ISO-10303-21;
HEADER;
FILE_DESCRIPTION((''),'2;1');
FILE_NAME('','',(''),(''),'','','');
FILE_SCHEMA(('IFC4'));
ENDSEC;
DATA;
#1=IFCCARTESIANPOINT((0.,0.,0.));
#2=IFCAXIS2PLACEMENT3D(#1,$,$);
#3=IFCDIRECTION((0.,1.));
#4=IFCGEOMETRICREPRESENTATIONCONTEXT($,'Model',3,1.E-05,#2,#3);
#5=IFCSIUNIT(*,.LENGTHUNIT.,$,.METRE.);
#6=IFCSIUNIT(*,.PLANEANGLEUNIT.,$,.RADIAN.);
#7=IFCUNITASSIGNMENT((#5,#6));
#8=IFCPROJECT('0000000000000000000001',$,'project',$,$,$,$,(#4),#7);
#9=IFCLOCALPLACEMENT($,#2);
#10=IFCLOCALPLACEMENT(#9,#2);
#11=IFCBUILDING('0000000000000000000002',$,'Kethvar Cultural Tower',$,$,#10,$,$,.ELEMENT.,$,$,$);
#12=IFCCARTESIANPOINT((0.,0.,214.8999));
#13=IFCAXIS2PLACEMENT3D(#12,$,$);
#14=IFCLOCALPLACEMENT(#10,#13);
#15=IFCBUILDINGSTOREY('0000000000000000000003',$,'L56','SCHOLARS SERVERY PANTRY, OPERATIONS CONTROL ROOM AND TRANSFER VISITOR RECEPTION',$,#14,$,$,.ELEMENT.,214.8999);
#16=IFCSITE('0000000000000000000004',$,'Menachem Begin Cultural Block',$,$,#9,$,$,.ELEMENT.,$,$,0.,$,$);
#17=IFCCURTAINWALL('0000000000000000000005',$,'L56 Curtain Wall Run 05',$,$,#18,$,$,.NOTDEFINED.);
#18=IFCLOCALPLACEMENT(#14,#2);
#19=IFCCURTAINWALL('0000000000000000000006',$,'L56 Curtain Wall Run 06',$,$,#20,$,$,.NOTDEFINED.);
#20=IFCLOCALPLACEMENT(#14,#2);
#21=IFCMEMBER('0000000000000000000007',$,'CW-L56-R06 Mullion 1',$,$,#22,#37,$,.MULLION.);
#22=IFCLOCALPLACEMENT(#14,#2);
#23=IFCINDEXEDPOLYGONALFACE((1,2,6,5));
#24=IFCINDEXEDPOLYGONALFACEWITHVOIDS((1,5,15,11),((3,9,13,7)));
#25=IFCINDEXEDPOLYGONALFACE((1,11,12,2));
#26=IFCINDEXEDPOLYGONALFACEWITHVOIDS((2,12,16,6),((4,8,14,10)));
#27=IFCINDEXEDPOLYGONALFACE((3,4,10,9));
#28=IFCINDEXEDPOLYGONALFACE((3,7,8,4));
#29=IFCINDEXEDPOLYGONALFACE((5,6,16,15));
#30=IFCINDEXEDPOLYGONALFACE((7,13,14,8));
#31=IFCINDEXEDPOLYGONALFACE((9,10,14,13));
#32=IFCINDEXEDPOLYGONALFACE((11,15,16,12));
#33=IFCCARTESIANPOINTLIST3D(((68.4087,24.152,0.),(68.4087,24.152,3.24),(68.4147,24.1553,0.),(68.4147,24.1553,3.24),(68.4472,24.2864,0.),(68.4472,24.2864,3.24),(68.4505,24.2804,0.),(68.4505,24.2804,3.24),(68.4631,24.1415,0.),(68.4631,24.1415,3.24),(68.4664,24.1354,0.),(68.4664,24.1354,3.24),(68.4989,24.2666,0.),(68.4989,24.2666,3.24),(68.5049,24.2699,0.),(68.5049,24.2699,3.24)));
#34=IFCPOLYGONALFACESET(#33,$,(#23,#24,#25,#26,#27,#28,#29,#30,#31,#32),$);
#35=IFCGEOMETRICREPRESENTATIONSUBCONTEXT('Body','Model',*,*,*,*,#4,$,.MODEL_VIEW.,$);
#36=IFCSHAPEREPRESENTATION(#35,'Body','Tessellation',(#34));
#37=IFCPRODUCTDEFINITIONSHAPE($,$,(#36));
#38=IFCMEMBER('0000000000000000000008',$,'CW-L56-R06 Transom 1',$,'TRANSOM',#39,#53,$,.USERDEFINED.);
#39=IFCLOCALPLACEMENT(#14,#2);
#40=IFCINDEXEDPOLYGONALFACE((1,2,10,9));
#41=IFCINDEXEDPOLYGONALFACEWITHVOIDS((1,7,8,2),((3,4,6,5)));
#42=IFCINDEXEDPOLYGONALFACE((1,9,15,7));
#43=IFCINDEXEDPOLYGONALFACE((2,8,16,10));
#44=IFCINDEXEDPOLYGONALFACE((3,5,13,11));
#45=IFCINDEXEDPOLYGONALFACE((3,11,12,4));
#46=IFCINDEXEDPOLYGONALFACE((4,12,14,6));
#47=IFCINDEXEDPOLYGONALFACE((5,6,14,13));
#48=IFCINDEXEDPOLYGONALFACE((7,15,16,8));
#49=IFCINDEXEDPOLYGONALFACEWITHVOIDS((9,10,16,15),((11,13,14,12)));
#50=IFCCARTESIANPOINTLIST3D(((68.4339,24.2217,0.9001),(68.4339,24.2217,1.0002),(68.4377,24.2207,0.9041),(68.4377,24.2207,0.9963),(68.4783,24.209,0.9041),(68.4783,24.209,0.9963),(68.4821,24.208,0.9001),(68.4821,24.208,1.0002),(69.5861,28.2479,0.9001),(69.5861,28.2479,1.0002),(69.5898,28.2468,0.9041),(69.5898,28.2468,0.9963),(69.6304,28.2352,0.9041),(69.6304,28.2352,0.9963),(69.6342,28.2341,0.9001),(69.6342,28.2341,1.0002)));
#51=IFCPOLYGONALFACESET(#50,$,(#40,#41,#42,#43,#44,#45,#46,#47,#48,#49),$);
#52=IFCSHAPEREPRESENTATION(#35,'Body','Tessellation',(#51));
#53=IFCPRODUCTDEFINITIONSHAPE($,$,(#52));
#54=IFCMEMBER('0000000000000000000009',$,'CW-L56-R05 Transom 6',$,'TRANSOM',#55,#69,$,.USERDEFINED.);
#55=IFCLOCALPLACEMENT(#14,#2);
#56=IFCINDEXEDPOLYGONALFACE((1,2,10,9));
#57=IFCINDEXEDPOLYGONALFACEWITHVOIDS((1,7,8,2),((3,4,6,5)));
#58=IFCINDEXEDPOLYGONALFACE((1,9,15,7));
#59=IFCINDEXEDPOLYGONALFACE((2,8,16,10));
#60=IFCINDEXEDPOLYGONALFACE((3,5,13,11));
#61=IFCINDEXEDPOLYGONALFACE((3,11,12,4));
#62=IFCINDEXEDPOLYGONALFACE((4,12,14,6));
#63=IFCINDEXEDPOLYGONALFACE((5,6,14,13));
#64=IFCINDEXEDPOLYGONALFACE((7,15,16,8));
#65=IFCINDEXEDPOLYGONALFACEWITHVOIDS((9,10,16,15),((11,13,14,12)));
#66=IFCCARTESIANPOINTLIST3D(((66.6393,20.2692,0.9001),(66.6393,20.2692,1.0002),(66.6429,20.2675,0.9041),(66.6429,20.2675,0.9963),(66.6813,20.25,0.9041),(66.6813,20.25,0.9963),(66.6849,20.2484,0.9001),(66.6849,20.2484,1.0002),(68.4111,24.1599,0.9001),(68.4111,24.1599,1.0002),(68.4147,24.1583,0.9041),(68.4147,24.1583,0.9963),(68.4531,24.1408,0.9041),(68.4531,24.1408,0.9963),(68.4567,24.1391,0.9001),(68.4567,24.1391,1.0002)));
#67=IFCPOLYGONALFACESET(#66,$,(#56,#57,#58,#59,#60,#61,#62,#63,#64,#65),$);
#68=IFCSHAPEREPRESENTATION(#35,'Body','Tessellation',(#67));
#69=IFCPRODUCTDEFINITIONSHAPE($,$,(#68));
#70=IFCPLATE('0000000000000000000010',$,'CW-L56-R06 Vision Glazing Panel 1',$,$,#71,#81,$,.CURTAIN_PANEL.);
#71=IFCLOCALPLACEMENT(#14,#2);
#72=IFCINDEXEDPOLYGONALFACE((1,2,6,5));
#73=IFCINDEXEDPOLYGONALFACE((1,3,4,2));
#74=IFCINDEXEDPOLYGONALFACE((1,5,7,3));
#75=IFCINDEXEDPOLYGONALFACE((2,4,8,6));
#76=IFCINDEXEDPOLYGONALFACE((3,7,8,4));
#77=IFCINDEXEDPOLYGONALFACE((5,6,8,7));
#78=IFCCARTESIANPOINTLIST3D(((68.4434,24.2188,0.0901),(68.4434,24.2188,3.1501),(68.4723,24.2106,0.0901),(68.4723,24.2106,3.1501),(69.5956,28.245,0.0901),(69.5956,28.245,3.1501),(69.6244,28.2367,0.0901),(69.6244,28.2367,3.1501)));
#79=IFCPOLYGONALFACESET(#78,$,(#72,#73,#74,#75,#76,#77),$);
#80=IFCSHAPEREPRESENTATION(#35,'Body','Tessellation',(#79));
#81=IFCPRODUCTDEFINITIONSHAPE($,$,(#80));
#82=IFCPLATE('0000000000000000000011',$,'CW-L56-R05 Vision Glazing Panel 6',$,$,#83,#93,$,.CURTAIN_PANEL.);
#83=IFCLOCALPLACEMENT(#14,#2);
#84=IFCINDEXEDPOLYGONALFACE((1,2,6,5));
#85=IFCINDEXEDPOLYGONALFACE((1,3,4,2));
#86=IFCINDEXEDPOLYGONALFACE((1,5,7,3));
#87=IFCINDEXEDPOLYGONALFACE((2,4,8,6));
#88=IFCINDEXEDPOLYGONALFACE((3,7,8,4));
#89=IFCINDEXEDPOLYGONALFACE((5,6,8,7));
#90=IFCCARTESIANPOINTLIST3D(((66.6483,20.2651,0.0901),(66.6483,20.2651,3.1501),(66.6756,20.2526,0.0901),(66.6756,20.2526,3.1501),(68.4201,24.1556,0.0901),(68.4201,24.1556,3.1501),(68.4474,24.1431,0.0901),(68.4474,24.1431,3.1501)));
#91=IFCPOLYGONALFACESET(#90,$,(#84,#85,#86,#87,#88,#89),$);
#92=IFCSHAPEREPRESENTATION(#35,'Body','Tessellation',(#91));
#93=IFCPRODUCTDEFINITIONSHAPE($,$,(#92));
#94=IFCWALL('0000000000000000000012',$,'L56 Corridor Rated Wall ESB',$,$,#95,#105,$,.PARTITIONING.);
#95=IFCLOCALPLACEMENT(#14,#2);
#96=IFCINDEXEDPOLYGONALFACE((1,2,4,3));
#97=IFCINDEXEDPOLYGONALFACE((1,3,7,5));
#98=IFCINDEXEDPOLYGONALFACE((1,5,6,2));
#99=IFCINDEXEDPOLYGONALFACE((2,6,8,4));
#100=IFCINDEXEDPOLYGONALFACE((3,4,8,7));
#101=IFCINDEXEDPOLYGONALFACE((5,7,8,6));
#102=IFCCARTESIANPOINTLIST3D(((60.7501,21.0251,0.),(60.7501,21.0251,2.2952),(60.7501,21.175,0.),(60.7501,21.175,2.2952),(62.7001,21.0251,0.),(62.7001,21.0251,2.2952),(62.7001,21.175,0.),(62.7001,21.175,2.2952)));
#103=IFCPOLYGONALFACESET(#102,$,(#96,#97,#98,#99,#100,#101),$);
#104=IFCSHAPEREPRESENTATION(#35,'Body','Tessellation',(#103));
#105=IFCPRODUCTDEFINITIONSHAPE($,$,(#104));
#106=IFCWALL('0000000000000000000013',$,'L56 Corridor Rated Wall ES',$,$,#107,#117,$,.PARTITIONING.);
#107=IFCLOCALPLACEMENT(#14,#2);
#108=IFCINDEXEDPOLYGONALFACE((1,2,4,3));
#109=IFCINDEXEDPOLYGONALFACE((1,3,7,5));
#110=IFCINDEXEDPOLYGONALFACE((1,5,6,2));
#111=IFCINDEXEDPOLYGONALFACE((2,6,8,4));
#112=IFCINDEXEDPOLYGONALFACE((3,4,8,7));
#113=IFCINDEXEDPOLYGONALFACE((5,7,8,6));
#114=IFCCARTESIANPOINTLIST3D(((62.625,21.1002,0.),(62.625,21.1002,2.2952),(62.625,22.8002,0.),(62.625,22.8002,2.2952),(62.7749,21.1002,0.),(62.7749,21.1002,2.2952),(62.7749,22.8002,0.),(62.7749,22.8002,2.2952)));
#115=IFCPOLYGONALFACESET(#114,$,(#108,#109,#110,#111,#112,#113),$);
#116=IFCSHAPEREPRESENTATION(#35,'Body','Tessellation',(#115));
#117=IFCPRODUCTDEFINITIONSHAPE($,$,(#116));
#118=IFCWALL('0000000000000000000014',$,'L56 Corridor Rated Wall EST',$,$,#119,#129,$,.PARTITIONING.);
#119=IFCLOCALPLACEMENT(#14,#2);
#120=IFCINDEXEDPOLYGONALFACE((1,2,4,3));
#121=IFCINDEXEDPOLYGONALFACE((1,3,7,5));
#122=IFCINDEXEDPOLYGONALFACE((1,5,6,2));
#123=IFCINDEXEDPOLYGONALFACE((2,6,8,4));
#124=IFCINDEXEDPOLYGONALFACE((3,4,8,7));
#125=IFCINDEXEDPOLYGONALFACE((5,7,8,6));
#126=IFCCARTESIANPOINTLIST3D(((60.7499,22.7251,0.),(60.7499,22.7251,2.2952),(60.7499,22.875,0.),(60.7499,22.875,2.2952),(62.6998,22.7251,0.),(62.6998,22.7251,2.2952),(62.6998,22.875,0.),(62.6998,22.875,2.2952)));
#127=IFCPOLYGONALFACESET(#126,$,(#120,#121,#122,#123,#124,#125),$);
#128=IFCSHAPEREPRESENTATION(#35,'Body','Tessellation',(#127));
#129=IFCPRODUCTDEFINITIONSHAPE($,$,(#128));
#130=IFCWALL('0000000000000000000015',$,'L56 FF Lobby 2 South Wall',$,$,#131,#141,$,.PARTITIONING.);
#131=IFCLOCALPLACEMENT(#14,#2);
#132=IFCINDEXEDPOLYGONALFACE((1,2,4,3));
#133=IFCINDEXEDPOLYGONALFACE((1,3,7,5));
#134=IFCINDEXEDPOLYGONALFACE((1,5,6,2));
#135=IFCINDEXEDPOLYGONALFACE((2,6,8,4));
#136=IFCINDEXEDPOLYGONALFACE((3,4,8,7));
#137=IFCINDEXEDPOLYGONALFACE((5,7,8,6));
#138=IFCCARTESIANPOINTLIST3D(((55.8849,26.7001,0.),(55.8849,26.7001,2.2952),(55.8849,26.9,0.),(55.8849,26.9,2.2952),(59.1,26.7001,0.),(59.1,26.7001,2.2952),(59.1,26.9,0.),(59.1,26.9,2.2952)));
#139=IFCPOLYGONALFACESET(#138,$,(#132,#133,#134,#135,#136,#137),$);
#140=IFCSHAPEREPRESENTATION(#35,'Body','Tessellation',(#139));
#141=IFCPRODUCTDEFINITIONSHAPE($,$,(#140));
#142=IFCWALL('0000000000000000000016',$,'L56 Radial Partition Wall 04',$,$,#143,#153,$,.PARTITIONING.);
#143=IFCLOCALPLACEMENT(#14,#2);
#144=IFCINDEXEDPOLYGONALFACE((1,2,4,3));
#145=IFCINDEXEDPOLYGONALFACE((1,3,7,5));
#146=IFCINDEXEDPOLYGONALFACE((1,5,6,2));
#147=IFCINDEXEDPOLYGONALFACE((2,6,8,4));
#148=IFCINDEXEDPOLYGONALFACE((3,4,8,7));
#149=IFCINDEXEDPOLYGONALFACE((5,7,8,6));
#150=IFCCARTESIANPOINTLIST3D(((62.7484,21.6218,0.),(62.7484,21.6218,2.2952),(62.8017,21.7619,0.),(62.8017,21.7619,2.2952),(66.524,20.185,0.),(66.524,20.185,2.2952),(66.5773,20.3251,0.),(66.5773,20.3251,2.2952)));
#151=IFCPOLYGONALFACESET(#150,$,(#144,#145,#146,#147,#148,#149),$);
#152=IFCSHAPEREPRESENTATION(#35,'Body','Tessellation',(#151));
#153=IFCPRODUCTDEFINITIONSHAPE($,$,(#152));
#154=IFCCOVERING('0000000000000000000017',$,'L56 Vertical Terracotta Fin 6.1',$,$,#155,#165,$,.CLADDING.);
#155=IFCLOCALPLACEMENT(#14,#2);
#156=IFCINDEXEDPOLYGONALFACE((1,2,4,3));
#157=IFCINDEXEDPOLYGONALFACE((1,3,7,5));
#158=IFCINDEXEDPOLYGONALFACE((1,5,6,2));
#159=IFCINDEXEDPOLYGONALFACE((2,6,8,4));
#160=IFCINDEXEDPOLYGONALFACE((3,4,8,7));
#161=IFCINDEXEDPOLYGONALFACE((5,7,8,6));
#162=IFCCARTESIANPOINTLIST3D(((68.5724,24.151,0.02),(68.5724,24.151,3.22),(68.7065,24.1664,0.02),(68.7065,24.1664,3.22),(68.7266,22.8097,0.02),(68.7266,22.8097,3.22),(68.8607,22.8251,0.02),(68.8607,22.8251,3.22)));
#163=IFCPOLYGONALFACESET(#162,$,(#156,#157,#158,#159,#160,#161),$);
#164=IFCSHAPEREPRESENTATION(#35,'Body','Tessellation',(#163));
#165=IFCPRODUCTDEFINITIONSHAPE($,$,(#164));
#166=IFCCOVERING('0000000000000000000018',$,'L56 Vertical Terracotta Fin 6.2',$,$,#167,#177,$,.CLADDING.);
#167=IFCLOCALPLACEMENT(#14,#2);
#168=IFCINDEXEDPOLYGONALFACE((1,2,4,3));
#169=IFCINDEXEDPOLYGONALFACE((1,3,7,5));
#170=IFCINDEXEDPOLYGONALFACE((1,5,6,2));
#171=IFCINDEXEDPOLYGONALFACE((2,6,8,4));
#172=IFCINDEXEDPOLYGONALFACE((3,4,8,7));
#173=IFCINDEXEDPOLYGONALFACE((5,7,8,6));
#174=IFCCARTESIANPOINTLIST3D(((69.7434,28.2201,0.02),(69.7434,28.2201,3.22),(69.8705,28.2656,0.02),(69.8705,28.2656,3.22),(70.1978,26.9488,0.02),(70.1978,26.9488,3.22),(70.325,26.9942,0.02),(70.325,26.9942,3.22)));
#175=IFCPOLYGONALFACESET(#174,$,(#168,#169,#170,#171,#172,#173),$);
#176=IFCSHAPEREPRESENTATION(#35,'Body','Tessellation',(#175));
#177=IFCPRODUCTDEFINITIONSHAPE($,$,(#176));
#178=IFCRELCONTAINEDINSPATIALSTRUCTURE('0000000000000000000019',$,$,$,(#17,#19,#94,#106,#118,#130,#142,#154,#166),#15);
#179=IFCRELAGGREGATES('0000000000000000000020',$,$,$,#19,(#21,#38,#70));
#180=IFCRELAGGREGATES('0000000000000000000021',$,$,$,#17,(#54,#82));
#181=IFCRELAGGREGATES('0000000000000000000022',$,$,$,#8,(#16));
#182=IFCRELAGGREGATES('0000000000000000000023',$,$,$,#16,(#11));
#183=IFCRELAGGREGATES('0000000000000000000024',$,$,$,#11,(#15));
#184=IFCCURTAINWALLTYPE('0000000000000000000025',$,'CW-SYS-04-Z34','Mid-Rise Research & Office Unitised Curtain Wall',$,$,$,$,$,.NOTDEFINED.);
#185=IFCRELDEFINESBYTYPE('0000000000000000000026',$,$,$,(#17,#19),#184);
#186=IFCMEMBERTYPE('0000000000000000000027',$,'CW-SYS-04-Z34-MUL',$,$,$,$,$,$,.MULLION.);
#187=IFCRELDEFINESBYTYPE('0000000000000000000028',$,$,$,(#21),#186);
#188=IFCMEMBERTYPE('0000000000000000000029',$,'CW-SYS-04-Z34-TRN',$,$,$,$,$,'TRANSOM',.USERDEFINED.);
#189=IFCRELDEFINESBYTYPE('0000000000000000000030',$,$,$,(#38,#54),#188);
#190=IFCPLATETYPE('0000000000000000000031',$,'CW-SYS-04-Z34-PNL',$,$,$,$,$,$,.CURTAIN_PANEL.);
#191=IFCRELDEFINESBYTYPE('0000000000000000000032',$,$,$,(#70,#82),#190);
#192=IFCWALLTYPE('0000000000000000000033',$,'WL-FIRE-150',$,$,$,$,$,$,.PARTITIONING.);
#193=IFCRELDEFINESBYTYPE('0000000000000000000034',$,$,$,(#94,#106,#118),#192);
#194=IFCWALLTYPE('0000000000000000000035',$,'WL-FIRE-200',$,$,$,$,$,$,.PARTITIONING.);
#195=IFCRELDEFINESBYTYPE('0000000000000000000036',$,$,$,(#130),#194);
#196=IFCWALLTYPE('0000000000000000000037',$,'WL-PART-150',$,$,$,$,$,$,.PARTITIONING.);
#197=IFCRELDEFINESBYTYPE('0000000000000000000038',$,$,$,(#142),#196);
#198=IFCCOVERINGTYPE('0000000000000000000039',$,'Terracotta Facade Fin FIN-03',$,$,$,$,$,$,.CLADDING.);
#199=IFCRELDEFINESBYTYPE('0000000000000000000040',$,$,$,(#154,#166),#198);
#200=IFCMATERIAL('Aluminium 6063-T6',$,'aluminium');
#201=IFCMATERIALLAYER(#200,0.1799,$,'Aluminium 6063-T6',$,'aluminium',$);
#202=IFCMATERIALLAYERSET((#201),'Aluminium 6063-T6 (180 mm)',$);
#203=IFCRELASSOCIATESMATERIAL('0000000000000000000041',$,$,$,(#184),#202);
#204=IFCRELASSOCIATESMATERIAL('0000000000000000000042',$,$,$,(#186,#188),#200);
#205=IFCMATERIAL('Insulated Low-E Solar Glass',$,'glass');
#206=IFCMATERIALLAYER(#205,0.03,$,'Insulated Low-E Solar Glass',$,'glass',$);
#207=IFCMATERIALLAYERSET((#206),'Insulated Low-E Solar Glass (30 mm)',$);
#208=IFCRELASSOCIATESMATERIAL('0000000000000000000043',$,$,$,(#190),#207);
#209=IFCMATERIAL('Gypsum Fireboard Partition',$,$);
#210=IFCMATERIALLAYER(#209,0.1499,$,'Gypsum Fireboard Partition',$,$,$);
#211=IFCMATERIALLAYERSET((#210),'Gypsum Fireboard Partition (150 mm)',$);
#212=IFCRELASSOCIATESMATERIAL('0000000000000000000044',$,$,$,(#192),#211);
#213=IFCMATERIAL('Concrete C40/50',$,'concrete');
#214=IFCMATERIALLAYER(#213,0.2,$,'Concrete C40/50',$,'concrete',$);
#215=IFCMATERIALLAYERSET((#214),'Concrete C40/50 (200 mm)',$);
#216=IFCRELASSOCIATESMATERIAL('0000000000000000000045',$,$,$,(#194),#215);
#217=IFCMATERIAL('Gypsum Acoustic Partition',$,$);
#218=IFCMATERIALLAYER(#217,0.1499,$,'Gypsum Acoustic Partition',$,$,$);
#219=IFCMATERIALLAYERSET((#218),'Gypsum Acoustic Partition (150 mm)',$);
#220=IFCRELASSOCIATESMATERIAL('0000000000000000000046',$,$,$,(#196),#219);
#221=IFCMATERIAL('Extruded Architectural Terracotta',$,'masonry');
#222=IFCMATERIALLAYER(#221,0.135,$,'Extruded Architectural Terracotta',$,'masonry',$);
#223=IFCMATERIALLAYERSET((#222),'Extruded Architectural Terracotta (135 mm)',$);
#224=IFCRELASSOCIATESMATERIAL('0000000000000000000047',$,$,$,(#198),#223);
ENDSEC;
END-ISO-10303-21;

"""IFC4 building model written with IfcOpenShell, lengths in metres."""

from ifc_helpers import new_model, si_unit, direction, frame, frame_2d, origin, origin_2d, place, context, subcontext, project, spatial, rectangle, hollow_rectangle, extrude, source, transform, mapped, material, layer, layer_set, material_profile, profile_set, type_object, element, aggregate, save


model = new_model("IFC4")

# Units and contexts
model_context = context("Model", 3, precision=1e-05, world=origin(), true_north=direction((0.0, 1.0)))
body_context = subcontext(model_context, "Body", "Model", "MODEL_VIEW")
ifc_project = project(units=[si_unit("LENGTHUNIT", "METRE"), si_unit("PLANEANGLEUNIT", "RADIAN")], contexts=[model_context])

# Site, building, storey
site_placement = place(None, origin())
site = spatial("IfcSite", under=ifc_project, at=site_placement, Name="Menachem Begin Cultural Block", CompositionType="ELEMENT", RefElevation=0.0)
building_placement = place(site_placement, origin())
building = spatial("IfcBuilding", under=site, at=building_placement, Name="Kethvar Cultural Tower", CompositionType="ELEMENT")
storey_placement = place(building_placement, frame((0.0, 0.0, 214.8999)))
storey = spatial("IfcBuildingStorey", under=building, at=storey_placement, Name="L56", Description="SCHOLARS SERVERY PANTRY, OPERATIONS CONTROL ROOM AND TRANSFER VISITOR RECEPTION", CompositionType="ELEMENT", Elevation=214.8999)

# Curtain walls, members
ifc_material_1 = material(Name="Aluminium 6063-T6", Category="aluminium")
ifc_layer_1 = layer(ifc_material_1, 0.1799, Name="Aluminium 6063-T6", Category="aluminium")
ifc_layer_set_1 = layer_set([ifc_layer_1], Name="Aluminium 6063-T6 (180 mm)")
curtain_wall_type = type_object("IfcCurtainWallType", Name="CW-SYS-04-Z34", Description="Mid-Rise Research & Office Unitised Curtain Wall", PredefinedType="NOTDEFINED", material=ifc_layer_set_1)
curtain_wall_1_placement = place(storey_placement, origin())
curtain_wall_1 = element("IfcCurtainWall", 1, at=curtain_wall_1_placement, inside=storey, type_object=curtain_wall_type, Name="L56 Curtain Wall Run 05", PredefinedType="NOTDEFINED")
ifc_material_profile_1 = material_profile(ifc_material_1, hollow_rectangle(XDim=0.0601, YDim=0.1399, WallThickness=0.0049, at=origin_2d()), Name="Aluminium 6063-T6 — RHS140x60x5")
ifc_profile_set_1 = profile_set([ifc_material_profile_1], Name="Aluminium 6063-T6 — RHS140x60x5")
member_type_1 = type_object("IfcMemberType", Name="CW-SYS-04-Z34-MUL", PredefinedType="MULLION", material=ifc_profile_set_1)
shared_shape_1 = source(origin(), body_context, "Body", "SweptSolid", [
    extrude(hollow_rectangle(XDim=0.0601, YDim=0.1399, WallThickness=0.0049, at=origin_2d()), origin(), (0.0, 0.0, 1.0), 3.24),
])
curtain_wall_2_placement = place(storey_placement, origin())
curtain_wall_2 = element("IfcCurtainWall", 2, at=curtain_wall_2_placement, inside=storey, type_object=curtain_wall_type, Name="L56 Curtain Wall Run 06", PredefinedType="NOTDEFINED")
member_1_placement = place(storey_placement, frame((68.4568, 24.2109, 0.0), z_axis=(0.0, 0.0, 1.0), x_axis=(-0.961411, 0.275117, 0.0)))
member_1 = element("IfcMember", 3, at=member_1_placement, type_object=member_type_1, Name="CW-L56-R06 Mullion 1", PredefinedType="MULLION", context=body_context, shape_type="MappedRepresentation", body=[
    mapped(shared_shape_1, transform((0.0, 0.0, 0.0), scale=1.0)),
])
ifc_material_profile_2 = material_profile(ifc_material_1, hollow_rectangle(XDim=0.05, YDim=0.1001, WallThickness=0.0039, at=origin_2d()), Name="Aluminium 6063-T6 — RHS100x50x4")
ifc_profile_set_2 = profile_set([ifc_material_profile_2], Name="Aluminium 6063-T6 — RHS100x50x4")
member_type_2 = type_object("IfcMemberType", Name="CW-SYS-04-Z34-TRN", ElementType="TRANSOM", PredefinedType="USERDEFINED", material=ifc_profile_set_2)
shared_shape_2 = source(origin(), body_context, "Body", "SweptSolid", [
    extrude(hollow_rectangle(XDim=0.05, YDim=0.1001, WallThickness=0.0039, at=origin_2d()), origin(), (0.0, 0.0, 1.0), 4.1877),
])
member_2_placement = place(storey_placement, frame((68.458, 24.2148, 0.9502), z_axis=(0.275114, 0.961412, 0.0), x_axis=(-0.961412, 0.275114, 0.0)))
member_2 = element("IfcMember", 4, at=member_2_placement, type_object=member_type_2, Name="CW-L56-R06 Transom 1", ObjectType="TRANSOM", PredefinedType="USERDEFINED", context=body_context, shape_type="MappedRepresentation", body=[
    mapped(shared_shape_2, transform((0.0, 0.0, 0.0), scale=1.0)),
])

# Member
shared_shape_3 = source(origin(), body_context, "Body", "SweptSolid", [
    extrude(hollow_rectangle(XDim=0.05, YDim=0.1001, WallThickness=0.0039, at=origin_2d()), origin(), (0.0, 0.0, 1.0), 4.2751),
])
member_3_placement = place(storey_placement, frame((66.6621, 20.2588, 0.9502), z_axis=(0.414435, 0.910079, 0.0), x_axis=(-0.910079, 0.414435, 0.0)))
member_3 = element("IfcMember", 5, at=member_3_placement, type_object=member_type_2, Name="CW-L56-R05 Transom 6", ObjectType="TRANSOM", PredefinedType="USERDEFINED", context=body_context, shape_type="MappedRepresentation", body=[
    mapped(shared_shape_3, transform((0.0, 0.0, 0.0), scale=1.0)),
])

# Plates
ifc_material_2 = material(Name="Insulated Low-E Solar Glass", Category="glass")
ifc_layer_2 = layer(ifc_material_2, 0.03, Name="Insulated Low-E Solar Glass", Category="glass")
ifc_layer_set_2 = layer_set([ifc_layer_2], Name="Insulated Low-E Solar Glass (30 mm)")
plate_type = type_object("IfcPlateType", Name="CW-SYS-04-Z34-PNL", PredefinedType="CURTAIN_PANEL", material=ifc_layer_set_2)
shared_shape_4 = source(origin(), body_context, "Body", "SweptSolid", [
    extrude(rectangle(XDim=4.1877, YDim=0.03, at=origin_2d()), origin(), (0.0, 0.0, 1.0), 3.0601),
])
plate_1_placement = place(storey_placement, frame((69.0339, 26.2278, 0.0901), z_axis=(0.0, 0.0, 1.0), x_axis=(0.275117, 0.961411, 0.0)))
plate_1 = element("IfcPlate", 6, at=plate_1_placement, type_object=plate_type, Name="CW-L56-R06 Vision Glazing Panel 1", PredefinedType="CURTAIN_PANEL", context=body_context, shape_type="MappedRepresentation", body=[
    mapped(shared_shape_4, transform((0.0, 0.0, 0.0), scale=1.0)),
])
aggregate(curtain_wall_2, [member_1, member_2, plate_1])
shared_shape_5 = source(origin(), body_context, "Body", "SweptSolid", [
    extrude(rectangle(XDim=4.2749, YDim=0.03, at=origin_2d()), origin(), (0.0, 0.0, 1.0), 3.0601),
])
plate_2_placement = place(storey_placement, frame((67.5479, 22.2041, 0.0901), z_axis=(0.0, 0.0, 1.0), x_axis=(0.414455, 0.91007, 0.0)))
plate_2 = element("IfcPlate", 7, at=plate_2_placement, type_object=plate_type, Name="CW-L56-R05 Vision Glazing Panel 6", PredefinedType="CURTAIN_PANEL", context=body_context, shape_type="MappedRepresentation", body=[
    mapped(shared_shape_5, transform((0.0, 0.0, 0.0), scale=1.0)),
])
aggregate(curtain_wall_1, [member_3, plate_2])

# Walls
ifc_material_3 = material(Name="Gypsum Fireboard Partition")
ifc_layer_3 = layer(ifc_material_3, 0.1499, Name="Gypsum Fireboard Partition")
ifc_layer_set_3 = layer_set([ifc_layer_3], Name="Gypsum Fireboard Partition (150 mm)")
wall_type_1 = type_object("IfcWallType", Name="WL-FIRE-150", PredefinedType="PARTITIONING", material=ifc_layer_set_3)
wall_1_placement = place(storey_placement, frame((60.75, 21.1001, 0.0), z_axis=(0.0, 0.0, 1.0), x_axis=(1.0, 0.0, 0.0)))
element("IfcWall", 8, at=wall_1_placement, inside=storey, type_object=wall_type_1, Name="L56 Corridor Rated Wall ESB", PredefinedType="PARTITIONING", context=body_context, shape_type="SweptSolid", body=[
    extrude(rectangle(XDim=1.95, YDim=0.1499, at=frame_2d((0.9751, 0.0))), origin(), (0.0, 0.0, 1.0), 2.2952),
])
wall_2_placement = place(storey_placement, frame((62.7, 21.1001, 0.0), z_axis=(0.0, 0.0, 1.0), x_axis=(0.0, 1.0, 0.0)))
element("IfcWall", 9, at=wall_2_placement, inside=storey, type_object=wall_type_1, Name="L56 Corridor Rated Wall ES", PredefinedType="PARTITIONING", context=body_context, shape_type="SweptSolid", body=[
    extrude(rectangle(XDim=1.7, YDim=0.1499, at=frame_2d((0.8501, 0.0))), origin(), (0.0, 0.0, 1.0), 2.2952),
])
wall_3_placement = place(storey_placement, frame((62.7, 22.8, 0.0), z_axis=(0.0, 0.0, 1.0), x_axis=(-1.0, 0.0, 0.0)))
element("IfcWall", 10, at=wall_3_placement, inside=storey, type_object=wall_type_1, Name="L56 Corridor Rated Wall EST", PredefinedType="PARTITIONING", context=body_context, shape_type="SweptSolid", body=[
    extrude(rectangle(XDim=1.95, YDim=0.1499, at=frame_2d((0.9751, 0.0))), origin(), (0.0, 0.0, 1.0), 2.2952),
])

# Shared definitions
ifc_material_4 = material(Name="Concrete C40/50", Category="concrete")
ifc_layer_4 = layer(ifc_material_4, 0.2, Name="Concrete C40/50", Category="concrete")
ifc_layer_set_4 = layer_set([ifc_layer_4], Name="Concrete C40/50 (200 mm)")
wall_type_2 = type_object("IfcWallType", Name="WL-FIRE-200", PredefinedType="PARTITIONING", material=ifc_layer_set_4)

# Walls
wall_4_placement = place(storey_placement, frame((55.885, 26.8, 0.0), z_axis=(0.0, 0.0, 1.0), x_axis=(1.0, 0.0, 0.0)))
element("IfcWall", 11, at=wall_4_placement, inside=storey, type_object=wall_type_2, Name="L56 FF Lobby 2 South Wall", PredefinedType="PARTITIONING", context=body_context, shape_type="SweptSolid", body=[
    extrude(rectangle(XDim=3.2151, YDim=0.2, at=frame_2d((1.6074, 0.0))), origin(), (0.0, 0.0, 1.0), 2.2952),
])
ifc_material_5 = material(Name="Gypsum Acoustic Partition")
ifc_layer_5 = layer(ifc_material_5, 0.1499, Name="Gypsum Acoustic Partition")
ifc_layer_set_5 = layer_set([ifc_layer_5], Name="Gypsum Acoustic Partition (150 mm)")
wall_type_3 = type_object("IfcWallType", Name="WL-PART-150", PredefinedType="PARTITIONING", material=ifc_layer_set_5)
wall_5_placement = place(storey_placement, frame((62.7749, 21.6919, 0.0), z_axis=(0.0, 0.0, 1.0), x_axis=(0.934617, -0.355656, 0.0)))
element("IfcWall", 12, at=wall_5_placement, inside=storey, type_object=wall_type_3, Name="L56 Radial Partition Wall 04", PredefinedType="PARTITIONING", context=body_context, shape_type="SweptSolid", body=[
    extrude(rectangle(XDim=4.0398, YDim=0.1499, at=frame_2d((2.02, 0.0))), origin(), (0.0, 0.0, 1.0), 2.2952),
])

# Coverings
ifc_material_6 = material(Name="Extruded Architectural Terracotta", Category="masonry")
ifc_layer_6 = layer(ifc_material_6, 0.135, Name="Extruded Architectural Terracotta", Category="masonry")
ifc_layer_set_6 = layer_set([ifc_layer_6], Name="Extruded Architectural Terracotta (135 mm)")
covering_type = type_object("IfcCoveringType", Name="Terracotta Facade Fin FIN-03", PredefinedType="CLADDING", material=ifc_layer_set_6)
shared_shape_6 = source(origin(), body_context, "Body", "SweptSolid", [
    extrude(rectangle(XDim=1.3501, YDim=0.135, at=origin_2d()), origin(), (0.0, 0.0, 1.0), 3.2),
])
for number, where, z_axis, x_axis, name in (
    (13, (68.7166, 23.488, 0.02), (0.0, 0.0, 1.0), (0.114244, -0.993453, 0.0), "L56 Vertical Terracotta Fin 6.1"),
    (14, (70.0342, 27.6072, 0.02), (0.0, 0.0, 1.0), (0.336602, -0.941647, 0.0), "L56 Vertical Terracotta Fin 6.2"),
):
    element("IfcCovering", number, at=place(storey_placement, frame(where, z_axis=z_axis, x_axis=x_axis)), inside=storey, type_object=covering_type, Name=name, PredefinedType="CLADDING", context=body_context, shape_type="MappedRepresentation", body=[
        mapped(shared_shape_6, transform((0.0, 0.0, 0.0), scale=1.0)),
    ])

save(model, "model.ifc")
